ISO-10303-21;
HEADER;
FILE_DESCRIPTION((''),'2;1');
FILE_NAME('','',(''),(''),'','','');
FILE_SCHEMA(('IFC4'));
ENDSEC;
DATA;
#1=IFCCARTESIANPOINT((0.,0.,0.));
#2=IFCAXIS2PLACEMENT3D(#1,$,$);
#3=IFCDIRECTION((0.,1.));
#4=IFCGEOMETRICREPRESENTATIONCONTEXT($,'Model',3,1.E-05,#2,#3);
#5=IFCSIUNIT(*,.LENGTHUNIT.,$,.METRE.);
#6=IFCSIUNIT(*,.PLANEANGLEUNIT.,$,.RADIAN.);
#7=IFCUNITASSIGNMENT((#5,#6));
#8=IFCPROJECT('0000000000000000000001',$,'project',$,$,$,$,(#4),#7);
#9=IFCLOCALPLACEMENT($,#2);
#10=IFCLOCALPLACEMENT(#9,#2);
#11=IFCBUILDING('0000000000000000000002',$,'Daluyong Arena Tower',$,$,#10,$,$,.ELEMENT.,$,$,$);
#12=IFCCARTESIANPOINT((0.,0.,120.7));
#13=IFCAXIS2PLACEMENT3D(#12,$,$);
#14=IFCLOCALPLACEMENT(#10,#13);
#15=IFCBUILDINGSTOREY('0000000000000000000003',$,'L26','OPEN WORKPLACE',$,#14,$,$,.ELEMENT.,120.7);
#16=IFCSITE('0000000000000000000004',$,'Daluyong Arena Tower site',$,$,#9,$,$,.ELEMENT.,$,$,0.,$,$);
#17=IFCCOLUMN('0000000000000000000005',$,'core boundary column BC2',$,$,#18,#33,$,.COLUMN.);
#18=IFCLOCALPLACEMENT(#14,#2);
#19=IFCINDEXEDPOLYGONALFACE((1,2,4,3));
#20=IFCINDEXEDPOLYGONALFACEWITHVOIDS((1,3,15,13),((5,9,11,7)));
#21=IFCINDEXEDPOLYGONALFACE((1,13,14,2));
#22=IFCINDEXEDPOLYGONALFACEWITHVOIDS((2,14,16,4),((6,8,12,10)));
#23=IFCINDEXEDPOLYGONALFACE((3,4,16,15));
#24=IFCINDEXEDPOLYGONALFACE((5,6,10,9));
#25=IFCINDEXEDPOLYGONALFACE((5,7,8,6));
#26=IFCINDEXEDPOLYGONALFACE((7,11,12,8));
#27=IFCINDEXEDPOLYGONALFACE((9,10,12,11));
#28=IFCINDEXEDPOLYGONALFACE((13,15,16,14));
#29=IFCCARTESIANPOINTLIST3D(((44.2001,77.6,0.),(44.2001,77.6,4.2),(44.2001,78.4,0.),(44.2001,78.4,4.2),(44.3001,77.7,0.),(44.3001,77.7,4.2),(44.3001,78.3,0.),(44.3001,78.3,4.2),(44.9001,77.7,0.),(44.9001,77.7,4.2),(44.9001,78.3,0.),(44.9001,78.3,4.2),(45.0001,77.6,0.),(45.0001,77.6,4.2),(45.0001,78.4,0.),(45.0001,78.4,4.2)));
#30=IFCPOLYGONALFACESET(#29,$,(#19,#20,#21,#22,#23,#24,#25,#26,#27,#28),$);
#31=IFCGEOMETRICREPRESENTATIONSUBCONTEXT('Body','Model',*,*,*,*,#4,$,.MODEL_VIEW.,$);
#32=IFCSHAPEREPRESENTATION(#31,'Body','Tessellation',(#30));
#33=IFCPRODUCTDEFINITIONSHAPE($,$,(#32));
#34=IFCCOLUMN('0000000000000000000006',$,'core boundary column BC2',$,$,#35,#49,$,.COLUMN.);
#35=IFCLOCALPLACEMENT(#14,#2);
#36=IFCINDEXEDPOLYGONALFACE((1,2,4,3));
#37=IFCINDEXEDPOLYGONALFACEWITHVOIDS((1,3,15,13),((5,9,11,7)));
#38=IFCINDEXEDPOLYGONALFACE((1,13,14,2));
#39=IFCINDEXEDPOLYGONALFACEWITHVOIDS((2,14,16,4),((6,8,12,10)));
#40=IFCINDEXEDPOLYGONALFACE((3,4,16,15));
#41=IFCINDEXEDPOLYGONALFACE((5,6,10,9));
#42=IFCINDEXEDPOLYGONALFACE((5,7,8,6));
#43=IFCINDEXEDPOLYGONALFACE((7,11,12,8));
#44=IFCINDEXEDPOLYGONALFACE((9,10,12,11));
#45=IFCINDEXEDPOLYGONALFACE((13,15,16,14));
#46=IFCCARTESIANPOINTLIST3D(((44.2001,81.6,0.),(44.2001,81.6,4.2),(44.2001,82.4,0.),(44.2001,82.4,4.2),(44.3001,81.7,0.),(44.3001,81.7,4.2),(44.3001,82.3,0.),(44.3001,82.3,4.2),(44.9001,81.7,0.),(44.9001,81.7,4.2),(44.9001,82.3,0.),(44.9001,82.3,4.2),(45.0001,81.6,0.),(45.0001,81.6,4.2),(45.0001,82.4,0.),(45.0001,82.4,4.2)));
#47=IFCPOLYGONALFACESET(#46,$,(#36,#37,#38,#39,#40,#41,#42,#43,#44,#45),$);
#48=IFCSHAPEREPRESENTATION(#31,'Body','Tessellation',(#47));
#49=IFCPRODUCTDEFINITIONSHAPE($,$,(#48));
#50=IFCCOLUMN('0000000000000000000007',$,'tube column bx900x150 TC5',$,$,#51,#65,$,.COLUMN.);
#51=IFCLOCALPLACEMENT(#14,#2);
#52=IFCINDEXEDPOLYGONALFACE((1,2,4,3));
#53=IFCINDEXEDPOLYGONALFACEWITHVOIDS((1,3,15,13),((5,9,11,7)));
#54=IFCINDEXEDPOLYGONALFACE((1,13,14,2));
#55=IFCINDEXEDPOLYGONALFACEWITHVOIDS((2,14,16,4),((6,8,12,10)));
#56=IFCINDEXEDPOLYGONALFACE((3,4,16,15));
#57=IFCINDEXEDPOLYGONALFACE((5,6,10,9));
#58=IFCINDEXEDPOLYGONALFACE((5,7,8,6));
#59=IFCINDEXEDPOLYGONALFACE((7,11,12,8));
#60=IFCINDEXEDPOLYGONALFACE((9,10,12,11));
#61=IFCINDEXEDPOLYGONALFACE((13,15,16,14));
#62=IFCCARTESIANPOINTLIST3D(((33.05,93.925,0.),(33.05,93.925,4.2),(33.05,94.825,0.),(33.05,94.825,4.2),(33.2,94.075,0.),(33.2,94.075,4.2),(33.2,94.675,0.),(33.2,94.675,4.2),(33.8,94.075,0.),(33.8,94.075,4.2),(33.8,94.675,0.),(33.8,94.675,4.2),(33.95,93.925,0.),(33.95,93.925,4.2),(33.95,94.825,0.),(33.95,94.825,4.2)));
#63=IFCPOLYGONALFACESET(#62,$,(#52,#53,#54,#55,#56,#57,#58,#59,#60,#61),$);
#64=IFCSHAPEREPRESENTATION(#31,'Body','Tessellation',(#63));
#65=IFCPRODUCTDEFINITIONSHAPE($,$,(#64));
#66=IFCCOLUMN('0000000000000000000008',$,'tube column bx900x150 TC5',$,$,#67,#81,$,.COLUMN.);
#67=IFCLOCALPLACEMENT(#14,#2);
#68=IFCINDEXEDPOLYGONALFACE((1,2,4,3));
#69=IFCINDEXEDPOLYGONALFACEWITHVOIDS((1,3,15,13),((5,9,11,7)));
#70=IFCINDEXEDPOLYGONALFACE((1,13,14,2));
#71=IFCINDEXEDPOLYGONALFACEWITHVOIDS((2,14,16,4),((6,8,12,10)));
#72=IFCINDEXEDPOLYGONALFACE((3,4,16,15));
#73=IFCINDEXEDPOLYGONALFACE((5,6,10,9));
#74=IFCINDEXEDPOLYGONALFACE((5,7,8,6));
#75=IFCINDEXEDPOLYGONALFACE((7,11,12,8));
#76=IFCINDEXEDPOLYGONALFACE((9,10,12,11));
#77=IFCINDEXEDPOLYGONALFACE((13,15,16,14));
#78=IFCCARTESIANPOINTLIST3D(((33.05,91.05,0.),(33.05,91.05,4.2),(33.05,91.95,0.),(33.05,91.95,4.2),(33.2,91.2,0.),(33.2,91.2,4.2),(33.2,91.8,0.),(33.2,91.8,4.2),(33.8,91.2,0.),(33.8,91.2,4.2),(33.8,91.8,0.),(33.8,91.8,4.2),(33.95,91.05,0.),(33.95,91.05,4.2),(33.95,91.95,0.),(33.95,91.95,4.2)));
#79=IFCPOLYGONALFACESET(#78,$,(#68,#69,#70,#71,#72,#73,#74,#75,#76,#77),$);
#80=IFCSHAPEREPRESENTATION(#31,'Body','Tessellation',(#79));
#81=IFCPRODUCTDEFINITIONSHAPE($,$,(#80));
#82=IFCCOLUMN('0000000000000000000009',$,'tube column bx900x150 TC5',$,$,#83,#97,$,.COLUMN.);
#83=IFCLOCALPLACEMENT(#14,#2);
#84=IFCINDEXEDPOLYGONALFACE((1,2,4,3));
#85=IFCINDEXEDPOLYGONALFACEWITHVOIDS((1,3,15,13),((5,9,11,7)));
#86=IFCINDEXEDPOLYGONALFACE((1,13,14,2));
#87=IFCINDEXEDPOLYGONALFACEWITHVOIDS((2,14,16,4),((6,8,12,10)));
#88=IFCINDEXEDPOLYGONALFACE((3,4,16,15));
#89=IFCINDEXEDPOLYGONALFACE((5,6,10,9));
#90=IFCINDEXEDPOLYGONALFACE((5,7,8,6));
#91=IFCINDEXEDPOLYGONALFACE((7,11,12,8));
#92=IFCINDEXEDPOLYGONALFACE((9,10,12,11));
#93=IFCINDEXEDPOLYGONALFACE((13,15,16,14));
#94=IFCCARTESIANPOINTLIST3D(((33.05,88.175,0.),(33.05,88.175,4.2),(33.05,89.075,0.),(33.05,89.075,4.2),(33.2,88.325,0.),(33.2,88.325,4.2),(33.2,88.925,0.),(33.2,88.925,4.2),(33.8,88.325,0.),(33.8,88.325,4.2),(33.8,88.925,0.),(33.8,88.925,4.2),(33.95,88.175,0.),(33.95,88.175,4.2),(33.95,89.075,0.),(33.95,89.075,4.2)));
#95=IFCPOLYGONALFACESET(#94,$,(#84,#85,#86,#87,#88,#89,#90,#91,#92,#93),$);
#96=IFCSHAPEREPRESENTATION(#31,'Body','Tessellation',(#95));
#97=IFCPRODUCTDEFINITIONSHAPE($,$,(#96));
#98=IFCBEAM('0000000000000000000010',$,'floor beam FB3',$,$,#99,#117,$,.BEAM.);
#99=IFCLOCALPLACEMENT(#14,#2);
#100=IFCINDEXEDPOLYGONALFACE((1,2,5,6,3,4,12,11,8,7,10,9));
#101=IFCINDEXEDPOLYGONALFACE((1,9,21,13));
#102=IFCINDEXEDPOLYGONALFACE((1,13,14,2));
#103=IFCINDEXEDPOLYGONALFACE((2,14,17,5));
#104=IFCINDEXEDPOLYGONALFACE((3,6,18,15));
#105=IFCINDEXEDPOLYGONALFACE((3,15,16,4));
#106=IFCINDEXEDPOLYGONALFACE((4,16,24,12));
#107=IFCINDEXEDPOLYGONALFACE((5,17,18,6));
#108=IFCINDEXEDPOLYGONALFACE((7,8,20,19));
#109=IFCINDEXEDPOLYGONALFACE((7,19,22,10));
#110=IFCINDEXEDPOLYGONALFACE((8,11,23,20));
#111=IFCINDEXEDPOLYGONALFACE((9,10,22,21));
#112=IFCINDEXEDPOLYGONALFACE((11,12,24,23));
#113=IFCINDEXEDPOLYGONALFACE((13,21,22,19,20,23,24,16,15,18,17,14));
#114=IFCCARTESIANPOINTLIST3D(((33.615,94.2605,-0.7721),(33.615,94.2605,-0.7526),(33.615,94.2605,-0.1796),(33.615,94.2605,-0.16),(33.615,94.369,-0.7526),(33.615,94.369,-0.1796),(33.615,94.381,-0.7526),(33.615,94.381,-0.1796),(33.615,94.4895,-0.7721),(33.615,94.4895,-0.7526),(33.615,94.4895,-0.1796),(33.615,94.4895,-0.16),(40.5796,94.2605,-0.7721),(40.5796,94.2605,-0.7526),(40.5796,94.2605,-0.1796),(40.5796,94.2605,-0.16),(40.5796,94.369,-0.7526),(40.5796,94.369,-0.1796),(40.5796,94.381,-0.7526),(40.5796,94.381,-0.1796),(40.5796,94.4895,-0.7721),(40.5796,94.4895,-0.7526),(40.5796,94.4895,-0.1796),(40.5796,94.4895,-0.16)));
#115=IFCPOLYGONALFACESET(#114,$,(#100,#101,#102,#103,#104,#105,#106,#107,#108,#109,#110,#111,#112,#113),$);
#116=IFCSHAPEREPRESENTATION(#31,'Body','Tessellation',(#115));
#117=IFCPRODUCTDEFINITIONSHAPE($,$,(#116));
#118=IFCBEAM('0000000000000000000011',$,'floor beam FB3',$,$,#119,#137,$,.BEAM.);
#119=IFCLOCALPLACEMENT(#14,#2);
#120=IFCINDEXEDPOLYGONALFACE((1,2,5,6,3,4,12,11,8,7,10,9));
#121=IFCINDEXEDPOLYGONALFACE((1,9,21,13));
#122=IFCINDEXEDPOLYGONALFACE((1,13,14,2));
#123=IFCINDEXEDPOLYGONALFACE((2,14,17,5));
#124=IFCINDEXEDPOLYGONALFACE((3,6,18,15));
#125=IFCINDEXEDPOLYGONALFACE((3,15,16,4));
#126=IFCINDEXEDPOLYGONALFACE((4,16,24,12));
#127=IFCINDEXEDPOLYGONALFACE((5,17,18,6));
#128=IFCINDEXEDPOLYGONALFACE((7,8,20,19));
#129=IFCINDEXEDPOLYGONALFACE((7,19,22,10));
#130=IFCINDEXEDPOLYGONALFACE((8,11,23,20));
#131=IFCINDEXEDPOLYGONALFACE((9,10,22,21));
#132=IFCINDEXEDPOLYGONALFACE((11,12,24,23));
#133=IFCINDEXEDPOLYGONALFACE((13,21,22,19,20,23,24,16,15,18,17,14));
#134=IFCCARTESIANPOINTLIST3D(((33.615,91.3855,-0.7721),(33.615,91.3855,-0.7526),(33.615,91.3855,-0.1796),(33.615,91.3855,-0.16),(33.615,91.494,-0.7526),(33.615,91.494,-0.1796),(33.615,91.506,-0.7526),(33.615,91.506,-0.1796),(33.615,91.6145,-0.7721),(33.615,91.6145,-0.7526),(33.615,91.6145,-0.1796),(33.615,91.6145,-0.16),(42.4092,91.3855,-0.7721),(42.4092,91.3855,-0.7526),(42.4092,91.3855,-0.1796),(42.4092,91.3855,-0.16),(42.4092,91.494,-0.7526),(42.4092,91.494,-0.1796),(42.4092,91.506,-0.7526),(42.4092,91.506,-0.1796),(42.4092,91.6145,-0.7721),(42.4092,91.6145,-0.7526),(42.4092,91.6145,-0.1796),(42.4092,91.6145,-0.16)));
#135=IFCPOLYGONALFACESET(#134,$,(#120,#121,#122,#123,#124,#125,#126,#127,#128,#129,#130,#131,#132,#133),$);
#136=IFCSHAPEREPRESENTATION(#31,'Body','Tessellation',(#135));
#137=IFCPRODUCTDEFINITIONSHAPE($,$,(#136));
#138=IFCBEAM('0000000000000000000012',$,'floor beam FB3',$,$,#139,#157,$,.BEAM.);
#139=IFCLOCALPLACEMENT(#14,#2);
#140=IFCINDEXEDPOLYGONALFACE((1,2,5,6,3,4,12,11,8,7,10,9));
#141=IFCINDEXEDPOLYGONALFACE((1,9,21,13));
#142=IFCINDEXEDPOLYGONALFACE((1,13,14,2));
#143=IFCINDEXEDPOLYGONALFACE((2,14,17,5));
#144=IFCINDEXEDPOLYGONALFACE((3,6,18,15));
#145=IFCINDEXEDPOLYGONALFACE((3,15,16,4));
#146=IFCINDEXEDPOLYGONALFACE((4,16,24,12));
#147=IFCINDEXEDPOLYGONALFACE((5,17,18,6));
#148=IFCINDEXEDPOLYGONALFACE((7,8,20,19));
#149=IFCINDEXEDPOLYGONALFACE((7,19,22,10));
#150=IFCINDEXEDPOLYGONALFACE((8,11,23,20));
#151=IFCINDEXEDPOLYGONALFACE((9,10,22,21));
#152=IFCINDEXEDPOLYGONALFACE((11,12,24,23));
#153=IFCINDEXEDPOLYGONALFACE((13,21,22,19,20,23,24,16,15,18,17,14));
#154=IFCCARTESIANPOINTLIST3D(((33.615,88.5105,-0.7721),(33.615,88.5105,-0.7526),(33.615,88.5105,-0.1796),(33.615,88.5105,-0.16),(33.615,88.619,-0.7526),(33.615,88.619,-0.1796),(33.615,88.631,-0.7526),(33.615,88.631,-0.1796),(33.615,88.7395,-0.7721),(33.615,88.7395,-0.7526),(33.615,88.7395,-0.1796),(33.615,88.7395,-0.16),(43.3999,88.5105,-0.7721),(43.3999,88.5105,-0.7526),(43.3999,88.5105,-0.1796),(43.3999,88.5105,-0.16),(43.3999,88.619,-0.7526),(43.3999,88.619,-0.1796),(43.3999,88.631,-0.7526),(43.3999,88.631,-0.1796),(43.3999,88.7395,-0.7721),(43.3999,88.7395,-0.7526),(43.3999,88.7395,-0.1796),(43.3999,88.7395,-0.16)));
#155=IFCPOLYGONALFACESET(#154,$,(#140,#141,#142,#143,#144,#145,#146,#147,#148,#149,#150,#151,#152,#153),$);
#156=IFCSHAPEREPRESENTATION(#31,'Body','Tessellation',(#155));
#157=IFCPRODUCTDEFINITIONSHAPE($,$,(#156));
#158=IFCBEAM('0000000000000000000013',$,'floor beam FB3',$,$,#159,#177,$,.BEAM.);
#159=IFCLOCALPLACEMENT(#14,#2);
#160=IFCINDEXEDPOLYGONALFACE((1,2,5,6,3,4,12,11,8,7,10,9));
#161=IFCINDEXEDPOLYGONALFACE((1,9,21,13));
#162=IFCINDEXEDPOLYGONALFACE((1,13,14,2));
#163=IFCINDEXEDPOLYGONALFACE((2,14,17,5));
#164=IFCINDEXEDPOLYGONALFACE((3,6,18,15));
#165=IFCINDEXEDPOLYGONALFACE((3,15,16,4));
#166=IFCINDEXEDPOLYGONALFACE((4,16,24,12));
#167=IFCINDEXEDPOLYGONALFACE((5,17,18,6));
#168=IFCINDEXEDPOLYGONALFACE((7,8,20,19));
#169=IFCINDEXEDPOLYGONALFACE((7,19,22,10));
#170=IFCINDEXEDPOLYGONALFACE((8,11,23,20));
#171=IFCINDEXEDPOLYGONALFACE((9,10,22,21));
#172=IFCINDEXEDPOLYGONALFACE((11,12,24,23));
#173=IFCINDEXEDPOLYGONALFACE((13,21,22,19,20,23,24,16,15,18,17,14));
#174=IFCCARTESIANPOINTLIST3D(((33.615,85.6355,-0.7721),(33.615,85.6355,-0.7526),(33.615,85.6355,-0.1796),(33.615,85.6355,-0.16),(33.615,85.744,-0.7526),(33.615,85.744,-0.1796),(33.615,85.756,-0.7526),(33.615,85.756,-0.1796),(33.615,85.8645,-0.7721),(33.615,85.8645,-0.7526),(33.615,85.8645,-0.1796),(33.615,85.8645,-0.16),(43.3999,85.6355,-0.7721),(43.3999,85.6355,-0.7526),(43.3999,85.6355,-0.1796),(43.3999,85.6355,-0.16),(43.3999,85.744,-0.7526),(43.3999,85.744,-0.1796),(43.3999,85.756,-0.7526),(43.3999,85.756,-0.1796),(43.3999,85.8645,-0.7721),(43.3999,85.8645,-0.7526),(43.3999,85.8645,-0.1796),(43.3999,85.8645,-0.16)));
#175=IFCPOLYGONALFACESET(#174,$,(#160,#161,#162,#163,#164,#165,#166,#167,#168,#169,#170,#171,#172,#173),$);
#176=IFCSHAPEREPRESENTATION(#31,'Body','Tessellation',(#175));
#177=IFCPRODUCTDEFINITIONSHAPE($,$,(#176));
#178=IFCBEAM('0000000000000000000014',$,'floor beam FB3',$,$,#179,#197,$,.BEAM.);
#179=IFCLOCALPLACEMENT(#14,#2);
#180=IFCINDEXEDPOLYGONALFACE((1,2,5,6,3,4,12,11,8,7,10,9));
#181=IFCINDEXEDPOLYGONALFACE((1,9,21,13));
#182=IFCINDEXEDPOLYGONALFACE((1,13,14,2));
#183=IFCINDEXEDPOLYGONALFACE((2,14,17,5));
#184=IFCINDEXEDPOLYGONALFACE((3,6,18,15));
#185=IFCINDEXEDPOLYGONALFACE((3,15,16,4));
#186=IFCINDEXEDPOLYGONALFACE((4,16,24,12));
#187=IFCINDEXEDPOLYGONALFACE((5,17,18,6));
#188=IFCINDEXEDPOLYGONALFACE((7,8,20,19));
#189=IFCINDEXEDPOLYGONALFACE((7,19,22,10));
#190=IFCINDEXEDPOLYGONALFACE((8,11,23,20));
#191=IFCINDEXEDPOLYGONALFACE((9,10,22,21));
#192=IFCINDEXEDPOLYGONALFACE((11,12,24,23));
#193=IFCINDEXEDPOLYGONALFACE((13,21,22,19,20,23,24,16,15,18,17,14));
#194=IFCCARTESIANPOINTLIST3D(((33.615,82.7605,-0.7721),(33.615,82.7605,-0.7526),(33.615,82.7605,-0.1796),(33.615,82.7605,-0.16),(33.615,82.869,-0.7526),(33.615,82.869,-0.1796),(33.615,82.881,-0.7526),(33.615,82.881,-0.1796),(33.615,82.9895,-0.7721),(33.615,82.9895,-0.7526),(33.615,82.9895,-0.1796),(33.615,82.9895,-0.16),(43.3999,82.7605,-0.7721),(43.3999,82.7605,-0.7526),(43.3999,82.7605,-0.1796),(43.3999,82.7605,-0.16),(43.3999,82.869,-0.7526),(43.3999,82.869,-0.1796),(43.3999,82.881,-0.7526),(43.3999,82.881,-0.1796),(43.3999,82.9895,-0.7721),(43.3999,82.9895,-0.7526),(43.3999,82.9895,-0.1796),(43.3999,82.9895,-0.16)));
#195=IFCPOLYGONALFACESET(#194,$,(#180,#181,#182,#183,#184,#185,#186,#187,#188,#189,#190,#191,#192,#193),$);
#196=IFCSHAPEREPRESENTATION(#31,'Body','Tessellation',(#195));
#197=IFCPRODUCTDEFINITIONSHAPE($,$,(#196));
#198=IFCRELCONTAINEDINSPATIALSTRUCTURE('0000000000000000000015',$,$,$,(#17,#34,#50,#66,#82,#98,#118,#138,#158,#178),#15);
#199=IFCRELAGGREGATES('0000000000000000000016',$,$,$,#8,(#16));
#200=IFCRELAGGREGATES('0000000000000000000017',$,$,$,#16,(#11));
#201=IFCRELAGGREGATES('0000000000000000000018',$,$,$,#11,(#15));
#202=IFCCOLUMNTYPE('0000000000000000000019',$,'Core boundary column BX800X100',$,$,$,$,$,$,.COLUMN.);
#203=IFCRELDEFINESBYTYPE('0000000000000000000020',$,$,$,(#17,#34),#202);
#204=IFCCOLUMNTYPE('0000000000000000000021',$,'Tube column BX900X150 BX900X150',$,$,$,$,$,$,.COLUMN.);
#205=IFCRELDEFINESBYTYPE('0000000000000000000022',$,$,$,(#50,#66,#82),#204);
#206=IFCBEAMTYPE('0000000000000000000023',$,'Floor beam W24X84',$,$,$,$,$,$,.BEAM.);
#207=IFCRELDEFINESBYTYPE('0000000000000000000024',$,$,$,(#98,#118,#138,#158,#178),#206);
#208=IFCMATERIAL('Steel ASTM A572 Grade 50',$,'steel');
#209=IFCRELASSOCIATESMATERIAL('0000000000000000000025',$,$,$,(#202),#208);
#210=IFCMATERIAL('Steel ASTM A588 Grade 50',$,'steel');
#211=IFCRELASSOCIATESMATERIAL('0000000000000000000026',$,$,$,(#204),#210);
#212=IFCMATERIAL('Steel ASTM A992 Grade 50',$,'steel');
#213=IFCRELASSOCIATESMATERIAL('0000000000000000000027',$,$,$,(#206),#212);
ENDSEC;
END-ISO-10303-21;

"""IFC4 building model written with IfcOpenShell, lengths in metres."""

from ifc_helpers import new_model, si_unit, direction, frame, origin, origin_2d, place, context, subcontext, project, spatial, hollow_rectangle, i_section, extrude, material, material_profile, profile_set, type_object, element, save


model = new_model("IFC4")

# Units and contexts
model_context = context("Model", 3, precision=1e-05, world=origin(), true_north=direction((0.0, 1.0)))
body_context = subcontext(model_context, "Body", "Model", "MODEL_VIEW")
ifc_project = project(units=[si_unit("LENGTHUNIT", "METRE"), si_unit("PLANEANGLEUNIT", "RADIAN")], contexts=[model_context])

# Site, building, storey
site_placement = place(None, origin())
site = spatial("IfcSite", under=ifc_project, at=site_placement, Name="Daluyong Arena Tower site", CompositionType="ELEMENT", RefElevation=0.0)
building_placement = place(site_placement, origin())
building = spatial("IfcBuilding", under=site, at=building_placement, Name="Daluyong Arena Tower", CompositionType="ELEMENT")
storey_placement = place(building_placement, frame((0.0, 0.0, 120.7)))
storey = spatial("IfcBuildingStorey", under=building, at=storey_placement, Name="L26", Description="OPEN WORKPLACE", CompositionType="ELEMENT", Elevation=120.7)

# Columns
ifc_material_1 = material(Name="Steel ASTM A572 Grade 50", Category="steel")
ifc_material_profile_1 = material_profile(ifc_material_1, hollow_rectangle(XDim=0.8, YDim=0.8, WallThickness=0.1, at=origin_2d()))
ifc_profile_set_1 = profile_set([ifc_material_profile_1], Name="Steel ASTM A572 Grade 50")
column_type_1 = type_object("IfcColumnType", Name="Core boundary column BX800X100", PredefinedType="COLUMN", material=ifc_profile_set_1)
for number, where, z_axis, x_axis, name in (
    (1, (44.6001, 78.0, 0.0), (0.0, 0.0, 1.0), (1.0, 0.0, 0.0), "core boundary column BC2"),
    (2, (44.6001, 82.0, 0.0), (0.0, 0.0, 1.0), (1.0, 0.0, 0.0), "core boundary column BC2"),
):
    element("IfcColumn", number, at=place(storey_placement, frame(where, z_axis=z_axis, x_axis=x_axis)), inside=storey, type_object=column_type_1, Name=name, PredefinedType="COLUMN", context=body_context, shape_type="SweptSolid", body=[
        extrude(hollow_rectangle(XDim=0.8, YDim=0.8, WallThickness=0.1, at=origin_2d()), origin(), (0.0, 0.0, 1.0), 4.2),
    ])
ifc_material_2 = material(Name="Steel ASTM A588 Grade 50", Category="steel")
ifc_material_profile_2 = material_profile(ifc_material_2, hollow_rectangle(XDim=0.8999, YDim=0.8999, WallThickness=0.15, at=origin_2d()))
ifc_profile_set_2 = profile_set([ifc_material_profile_2], Name="Steel ASTM A588 Grade 50")
column_type_2 = type_object("IfcColumnType", Name="Tube column BX900X150 BX900X150", PredefinedType="COLUMN", material=ifc_profile_set_2)
for number, where, z_axis, x_axis, name in (
    (3, (33.5, 94.375, 0.0), (0.0, 0.0, 1.0), (0.0, 1.0, 0.0), "tube column bx900x150 TC5"),
    (4, (33.5, 91.5, 0.0), (0.0, 0.0, 1.0), (0.0, 1.0, 0.0), "tube column bx900x150 TC5"),
    (5, (33.5, 88.625, 0.0), (0.0, 0.0, 1.0), (0.0, 1.0, 0.0), "tube column bx900x150 TC5"),
):
    element("IfcColumn", number, at=place(storey_placement, frame(where, z_axis=z_axis, x_axis=x_axis)), inside=storey, type_object=column_type_2, Name=name, PredefinedType="COLUMN", context=body_context, shape_type="SweptSolid", body=[
        extrude(hollow_rectangle(XDim=0.8999, YDim=0.8999, WallThickness=0.15, at=origin_2d()), origin(), (0.0, 0.0, 1.0), 4.2),
    ])

# Beams
ifc_material_3 = material(Name="Steel ASTM A992 Grade 50", Category="steel")
ifc_material_profile_3 = material_profile(ifc_material_3, i_section(OverallWidth=0.229, OverallDepth=0.6121, WebThickness=0.012, FlangeThickness=0.0195, at=origin_2d()))
ifc_profile_set_3 = profile_set([ifc_material_profile_3], Name="Steel ASTM A992 Grade 50")
beam_type_1 = type_object("IfcBeamType", Name="Floor beam W24X84", PredefinedType="BEAM", material=ifc_profile_set_3)
beam_1_placement = place(storey_placement, frame((33.615, 94.375, -0.4661), z_axis=(1.0, 0.0, 0.0), x_axis=(0.0, 1.0, 0.0)))
element("IfcBeam", 6, at=beam_1_placement, inside=storey, type_object=beam_type_1, Name="floor beam FB3", PredefinedType="BEAM", context=body_context, shape_type="SweptSolid", body=[
    extrude(i_section(OverallWidth=0.229, OverallDepth=0.6121, WebThickness=0.012, FlangeThickness=0.0195, at=origin_2d()), origin(), (0.0, 0.0, 1.0), 6.9646),
])
beam_2_placement = place(storey_placement, frame((33.615, 91.5, -0.4661), z_axis=(1.0, 0.0, 0.0), x_axis=(0.0, 1.0, 0.0)))
element("IfcBeam", 7, at=beam_2_placement, inside=storey, type_object=beam_type_1, Name="floor beam FB3", PredefinedType="BEAM", context=body_context, shape_type="SweptSolid", body=[
    extrude(i_section(OverallWidth=0.229, OverallDepth=0.6121, WebThickness=0.012, FlangeThickness=0.0195, at=origin_2d()), origin(), (0.0, 0.0, 1.0), 8.7942),
])
for number, where, z_axis, x_axis, name in (
    (8, (33.615, 88.625, -0.4661), (1.0, 0.0, 0.0), (0.0, 1.0, 0.0), "floor beam FB3"),
    (9, (33.615, 85.75, -0.4661), (1.0, 0.0, 0.0), (0.0, 1.0, 0.0), "floor beam FB3"),
    (10, (33.615, 82.875, -0.4661), (1.0, 0.0, 0.0), (0.0, 1.0, 0.0), "floor beam FB3"),
):
    element("IfcBeam", number, at=place(storey_placement, frame(where, z_axis=z_axis, x_axis=x_axis)), inside=storey, type_object=beam_type_1, Name=name, PredefinedType="BEAM", context=body_context, shape_type="SweptSolid", body=[
        extrude(i_section(OverallWidth=0.229, OverallDepth=0.6121, WebThickness=0.012, FlangeThickness=0.0195, at=origin_2d()), origin(), (0.0, 0.0, 1.0), 9.7849),
    ])

save(model, "model.ifc")
